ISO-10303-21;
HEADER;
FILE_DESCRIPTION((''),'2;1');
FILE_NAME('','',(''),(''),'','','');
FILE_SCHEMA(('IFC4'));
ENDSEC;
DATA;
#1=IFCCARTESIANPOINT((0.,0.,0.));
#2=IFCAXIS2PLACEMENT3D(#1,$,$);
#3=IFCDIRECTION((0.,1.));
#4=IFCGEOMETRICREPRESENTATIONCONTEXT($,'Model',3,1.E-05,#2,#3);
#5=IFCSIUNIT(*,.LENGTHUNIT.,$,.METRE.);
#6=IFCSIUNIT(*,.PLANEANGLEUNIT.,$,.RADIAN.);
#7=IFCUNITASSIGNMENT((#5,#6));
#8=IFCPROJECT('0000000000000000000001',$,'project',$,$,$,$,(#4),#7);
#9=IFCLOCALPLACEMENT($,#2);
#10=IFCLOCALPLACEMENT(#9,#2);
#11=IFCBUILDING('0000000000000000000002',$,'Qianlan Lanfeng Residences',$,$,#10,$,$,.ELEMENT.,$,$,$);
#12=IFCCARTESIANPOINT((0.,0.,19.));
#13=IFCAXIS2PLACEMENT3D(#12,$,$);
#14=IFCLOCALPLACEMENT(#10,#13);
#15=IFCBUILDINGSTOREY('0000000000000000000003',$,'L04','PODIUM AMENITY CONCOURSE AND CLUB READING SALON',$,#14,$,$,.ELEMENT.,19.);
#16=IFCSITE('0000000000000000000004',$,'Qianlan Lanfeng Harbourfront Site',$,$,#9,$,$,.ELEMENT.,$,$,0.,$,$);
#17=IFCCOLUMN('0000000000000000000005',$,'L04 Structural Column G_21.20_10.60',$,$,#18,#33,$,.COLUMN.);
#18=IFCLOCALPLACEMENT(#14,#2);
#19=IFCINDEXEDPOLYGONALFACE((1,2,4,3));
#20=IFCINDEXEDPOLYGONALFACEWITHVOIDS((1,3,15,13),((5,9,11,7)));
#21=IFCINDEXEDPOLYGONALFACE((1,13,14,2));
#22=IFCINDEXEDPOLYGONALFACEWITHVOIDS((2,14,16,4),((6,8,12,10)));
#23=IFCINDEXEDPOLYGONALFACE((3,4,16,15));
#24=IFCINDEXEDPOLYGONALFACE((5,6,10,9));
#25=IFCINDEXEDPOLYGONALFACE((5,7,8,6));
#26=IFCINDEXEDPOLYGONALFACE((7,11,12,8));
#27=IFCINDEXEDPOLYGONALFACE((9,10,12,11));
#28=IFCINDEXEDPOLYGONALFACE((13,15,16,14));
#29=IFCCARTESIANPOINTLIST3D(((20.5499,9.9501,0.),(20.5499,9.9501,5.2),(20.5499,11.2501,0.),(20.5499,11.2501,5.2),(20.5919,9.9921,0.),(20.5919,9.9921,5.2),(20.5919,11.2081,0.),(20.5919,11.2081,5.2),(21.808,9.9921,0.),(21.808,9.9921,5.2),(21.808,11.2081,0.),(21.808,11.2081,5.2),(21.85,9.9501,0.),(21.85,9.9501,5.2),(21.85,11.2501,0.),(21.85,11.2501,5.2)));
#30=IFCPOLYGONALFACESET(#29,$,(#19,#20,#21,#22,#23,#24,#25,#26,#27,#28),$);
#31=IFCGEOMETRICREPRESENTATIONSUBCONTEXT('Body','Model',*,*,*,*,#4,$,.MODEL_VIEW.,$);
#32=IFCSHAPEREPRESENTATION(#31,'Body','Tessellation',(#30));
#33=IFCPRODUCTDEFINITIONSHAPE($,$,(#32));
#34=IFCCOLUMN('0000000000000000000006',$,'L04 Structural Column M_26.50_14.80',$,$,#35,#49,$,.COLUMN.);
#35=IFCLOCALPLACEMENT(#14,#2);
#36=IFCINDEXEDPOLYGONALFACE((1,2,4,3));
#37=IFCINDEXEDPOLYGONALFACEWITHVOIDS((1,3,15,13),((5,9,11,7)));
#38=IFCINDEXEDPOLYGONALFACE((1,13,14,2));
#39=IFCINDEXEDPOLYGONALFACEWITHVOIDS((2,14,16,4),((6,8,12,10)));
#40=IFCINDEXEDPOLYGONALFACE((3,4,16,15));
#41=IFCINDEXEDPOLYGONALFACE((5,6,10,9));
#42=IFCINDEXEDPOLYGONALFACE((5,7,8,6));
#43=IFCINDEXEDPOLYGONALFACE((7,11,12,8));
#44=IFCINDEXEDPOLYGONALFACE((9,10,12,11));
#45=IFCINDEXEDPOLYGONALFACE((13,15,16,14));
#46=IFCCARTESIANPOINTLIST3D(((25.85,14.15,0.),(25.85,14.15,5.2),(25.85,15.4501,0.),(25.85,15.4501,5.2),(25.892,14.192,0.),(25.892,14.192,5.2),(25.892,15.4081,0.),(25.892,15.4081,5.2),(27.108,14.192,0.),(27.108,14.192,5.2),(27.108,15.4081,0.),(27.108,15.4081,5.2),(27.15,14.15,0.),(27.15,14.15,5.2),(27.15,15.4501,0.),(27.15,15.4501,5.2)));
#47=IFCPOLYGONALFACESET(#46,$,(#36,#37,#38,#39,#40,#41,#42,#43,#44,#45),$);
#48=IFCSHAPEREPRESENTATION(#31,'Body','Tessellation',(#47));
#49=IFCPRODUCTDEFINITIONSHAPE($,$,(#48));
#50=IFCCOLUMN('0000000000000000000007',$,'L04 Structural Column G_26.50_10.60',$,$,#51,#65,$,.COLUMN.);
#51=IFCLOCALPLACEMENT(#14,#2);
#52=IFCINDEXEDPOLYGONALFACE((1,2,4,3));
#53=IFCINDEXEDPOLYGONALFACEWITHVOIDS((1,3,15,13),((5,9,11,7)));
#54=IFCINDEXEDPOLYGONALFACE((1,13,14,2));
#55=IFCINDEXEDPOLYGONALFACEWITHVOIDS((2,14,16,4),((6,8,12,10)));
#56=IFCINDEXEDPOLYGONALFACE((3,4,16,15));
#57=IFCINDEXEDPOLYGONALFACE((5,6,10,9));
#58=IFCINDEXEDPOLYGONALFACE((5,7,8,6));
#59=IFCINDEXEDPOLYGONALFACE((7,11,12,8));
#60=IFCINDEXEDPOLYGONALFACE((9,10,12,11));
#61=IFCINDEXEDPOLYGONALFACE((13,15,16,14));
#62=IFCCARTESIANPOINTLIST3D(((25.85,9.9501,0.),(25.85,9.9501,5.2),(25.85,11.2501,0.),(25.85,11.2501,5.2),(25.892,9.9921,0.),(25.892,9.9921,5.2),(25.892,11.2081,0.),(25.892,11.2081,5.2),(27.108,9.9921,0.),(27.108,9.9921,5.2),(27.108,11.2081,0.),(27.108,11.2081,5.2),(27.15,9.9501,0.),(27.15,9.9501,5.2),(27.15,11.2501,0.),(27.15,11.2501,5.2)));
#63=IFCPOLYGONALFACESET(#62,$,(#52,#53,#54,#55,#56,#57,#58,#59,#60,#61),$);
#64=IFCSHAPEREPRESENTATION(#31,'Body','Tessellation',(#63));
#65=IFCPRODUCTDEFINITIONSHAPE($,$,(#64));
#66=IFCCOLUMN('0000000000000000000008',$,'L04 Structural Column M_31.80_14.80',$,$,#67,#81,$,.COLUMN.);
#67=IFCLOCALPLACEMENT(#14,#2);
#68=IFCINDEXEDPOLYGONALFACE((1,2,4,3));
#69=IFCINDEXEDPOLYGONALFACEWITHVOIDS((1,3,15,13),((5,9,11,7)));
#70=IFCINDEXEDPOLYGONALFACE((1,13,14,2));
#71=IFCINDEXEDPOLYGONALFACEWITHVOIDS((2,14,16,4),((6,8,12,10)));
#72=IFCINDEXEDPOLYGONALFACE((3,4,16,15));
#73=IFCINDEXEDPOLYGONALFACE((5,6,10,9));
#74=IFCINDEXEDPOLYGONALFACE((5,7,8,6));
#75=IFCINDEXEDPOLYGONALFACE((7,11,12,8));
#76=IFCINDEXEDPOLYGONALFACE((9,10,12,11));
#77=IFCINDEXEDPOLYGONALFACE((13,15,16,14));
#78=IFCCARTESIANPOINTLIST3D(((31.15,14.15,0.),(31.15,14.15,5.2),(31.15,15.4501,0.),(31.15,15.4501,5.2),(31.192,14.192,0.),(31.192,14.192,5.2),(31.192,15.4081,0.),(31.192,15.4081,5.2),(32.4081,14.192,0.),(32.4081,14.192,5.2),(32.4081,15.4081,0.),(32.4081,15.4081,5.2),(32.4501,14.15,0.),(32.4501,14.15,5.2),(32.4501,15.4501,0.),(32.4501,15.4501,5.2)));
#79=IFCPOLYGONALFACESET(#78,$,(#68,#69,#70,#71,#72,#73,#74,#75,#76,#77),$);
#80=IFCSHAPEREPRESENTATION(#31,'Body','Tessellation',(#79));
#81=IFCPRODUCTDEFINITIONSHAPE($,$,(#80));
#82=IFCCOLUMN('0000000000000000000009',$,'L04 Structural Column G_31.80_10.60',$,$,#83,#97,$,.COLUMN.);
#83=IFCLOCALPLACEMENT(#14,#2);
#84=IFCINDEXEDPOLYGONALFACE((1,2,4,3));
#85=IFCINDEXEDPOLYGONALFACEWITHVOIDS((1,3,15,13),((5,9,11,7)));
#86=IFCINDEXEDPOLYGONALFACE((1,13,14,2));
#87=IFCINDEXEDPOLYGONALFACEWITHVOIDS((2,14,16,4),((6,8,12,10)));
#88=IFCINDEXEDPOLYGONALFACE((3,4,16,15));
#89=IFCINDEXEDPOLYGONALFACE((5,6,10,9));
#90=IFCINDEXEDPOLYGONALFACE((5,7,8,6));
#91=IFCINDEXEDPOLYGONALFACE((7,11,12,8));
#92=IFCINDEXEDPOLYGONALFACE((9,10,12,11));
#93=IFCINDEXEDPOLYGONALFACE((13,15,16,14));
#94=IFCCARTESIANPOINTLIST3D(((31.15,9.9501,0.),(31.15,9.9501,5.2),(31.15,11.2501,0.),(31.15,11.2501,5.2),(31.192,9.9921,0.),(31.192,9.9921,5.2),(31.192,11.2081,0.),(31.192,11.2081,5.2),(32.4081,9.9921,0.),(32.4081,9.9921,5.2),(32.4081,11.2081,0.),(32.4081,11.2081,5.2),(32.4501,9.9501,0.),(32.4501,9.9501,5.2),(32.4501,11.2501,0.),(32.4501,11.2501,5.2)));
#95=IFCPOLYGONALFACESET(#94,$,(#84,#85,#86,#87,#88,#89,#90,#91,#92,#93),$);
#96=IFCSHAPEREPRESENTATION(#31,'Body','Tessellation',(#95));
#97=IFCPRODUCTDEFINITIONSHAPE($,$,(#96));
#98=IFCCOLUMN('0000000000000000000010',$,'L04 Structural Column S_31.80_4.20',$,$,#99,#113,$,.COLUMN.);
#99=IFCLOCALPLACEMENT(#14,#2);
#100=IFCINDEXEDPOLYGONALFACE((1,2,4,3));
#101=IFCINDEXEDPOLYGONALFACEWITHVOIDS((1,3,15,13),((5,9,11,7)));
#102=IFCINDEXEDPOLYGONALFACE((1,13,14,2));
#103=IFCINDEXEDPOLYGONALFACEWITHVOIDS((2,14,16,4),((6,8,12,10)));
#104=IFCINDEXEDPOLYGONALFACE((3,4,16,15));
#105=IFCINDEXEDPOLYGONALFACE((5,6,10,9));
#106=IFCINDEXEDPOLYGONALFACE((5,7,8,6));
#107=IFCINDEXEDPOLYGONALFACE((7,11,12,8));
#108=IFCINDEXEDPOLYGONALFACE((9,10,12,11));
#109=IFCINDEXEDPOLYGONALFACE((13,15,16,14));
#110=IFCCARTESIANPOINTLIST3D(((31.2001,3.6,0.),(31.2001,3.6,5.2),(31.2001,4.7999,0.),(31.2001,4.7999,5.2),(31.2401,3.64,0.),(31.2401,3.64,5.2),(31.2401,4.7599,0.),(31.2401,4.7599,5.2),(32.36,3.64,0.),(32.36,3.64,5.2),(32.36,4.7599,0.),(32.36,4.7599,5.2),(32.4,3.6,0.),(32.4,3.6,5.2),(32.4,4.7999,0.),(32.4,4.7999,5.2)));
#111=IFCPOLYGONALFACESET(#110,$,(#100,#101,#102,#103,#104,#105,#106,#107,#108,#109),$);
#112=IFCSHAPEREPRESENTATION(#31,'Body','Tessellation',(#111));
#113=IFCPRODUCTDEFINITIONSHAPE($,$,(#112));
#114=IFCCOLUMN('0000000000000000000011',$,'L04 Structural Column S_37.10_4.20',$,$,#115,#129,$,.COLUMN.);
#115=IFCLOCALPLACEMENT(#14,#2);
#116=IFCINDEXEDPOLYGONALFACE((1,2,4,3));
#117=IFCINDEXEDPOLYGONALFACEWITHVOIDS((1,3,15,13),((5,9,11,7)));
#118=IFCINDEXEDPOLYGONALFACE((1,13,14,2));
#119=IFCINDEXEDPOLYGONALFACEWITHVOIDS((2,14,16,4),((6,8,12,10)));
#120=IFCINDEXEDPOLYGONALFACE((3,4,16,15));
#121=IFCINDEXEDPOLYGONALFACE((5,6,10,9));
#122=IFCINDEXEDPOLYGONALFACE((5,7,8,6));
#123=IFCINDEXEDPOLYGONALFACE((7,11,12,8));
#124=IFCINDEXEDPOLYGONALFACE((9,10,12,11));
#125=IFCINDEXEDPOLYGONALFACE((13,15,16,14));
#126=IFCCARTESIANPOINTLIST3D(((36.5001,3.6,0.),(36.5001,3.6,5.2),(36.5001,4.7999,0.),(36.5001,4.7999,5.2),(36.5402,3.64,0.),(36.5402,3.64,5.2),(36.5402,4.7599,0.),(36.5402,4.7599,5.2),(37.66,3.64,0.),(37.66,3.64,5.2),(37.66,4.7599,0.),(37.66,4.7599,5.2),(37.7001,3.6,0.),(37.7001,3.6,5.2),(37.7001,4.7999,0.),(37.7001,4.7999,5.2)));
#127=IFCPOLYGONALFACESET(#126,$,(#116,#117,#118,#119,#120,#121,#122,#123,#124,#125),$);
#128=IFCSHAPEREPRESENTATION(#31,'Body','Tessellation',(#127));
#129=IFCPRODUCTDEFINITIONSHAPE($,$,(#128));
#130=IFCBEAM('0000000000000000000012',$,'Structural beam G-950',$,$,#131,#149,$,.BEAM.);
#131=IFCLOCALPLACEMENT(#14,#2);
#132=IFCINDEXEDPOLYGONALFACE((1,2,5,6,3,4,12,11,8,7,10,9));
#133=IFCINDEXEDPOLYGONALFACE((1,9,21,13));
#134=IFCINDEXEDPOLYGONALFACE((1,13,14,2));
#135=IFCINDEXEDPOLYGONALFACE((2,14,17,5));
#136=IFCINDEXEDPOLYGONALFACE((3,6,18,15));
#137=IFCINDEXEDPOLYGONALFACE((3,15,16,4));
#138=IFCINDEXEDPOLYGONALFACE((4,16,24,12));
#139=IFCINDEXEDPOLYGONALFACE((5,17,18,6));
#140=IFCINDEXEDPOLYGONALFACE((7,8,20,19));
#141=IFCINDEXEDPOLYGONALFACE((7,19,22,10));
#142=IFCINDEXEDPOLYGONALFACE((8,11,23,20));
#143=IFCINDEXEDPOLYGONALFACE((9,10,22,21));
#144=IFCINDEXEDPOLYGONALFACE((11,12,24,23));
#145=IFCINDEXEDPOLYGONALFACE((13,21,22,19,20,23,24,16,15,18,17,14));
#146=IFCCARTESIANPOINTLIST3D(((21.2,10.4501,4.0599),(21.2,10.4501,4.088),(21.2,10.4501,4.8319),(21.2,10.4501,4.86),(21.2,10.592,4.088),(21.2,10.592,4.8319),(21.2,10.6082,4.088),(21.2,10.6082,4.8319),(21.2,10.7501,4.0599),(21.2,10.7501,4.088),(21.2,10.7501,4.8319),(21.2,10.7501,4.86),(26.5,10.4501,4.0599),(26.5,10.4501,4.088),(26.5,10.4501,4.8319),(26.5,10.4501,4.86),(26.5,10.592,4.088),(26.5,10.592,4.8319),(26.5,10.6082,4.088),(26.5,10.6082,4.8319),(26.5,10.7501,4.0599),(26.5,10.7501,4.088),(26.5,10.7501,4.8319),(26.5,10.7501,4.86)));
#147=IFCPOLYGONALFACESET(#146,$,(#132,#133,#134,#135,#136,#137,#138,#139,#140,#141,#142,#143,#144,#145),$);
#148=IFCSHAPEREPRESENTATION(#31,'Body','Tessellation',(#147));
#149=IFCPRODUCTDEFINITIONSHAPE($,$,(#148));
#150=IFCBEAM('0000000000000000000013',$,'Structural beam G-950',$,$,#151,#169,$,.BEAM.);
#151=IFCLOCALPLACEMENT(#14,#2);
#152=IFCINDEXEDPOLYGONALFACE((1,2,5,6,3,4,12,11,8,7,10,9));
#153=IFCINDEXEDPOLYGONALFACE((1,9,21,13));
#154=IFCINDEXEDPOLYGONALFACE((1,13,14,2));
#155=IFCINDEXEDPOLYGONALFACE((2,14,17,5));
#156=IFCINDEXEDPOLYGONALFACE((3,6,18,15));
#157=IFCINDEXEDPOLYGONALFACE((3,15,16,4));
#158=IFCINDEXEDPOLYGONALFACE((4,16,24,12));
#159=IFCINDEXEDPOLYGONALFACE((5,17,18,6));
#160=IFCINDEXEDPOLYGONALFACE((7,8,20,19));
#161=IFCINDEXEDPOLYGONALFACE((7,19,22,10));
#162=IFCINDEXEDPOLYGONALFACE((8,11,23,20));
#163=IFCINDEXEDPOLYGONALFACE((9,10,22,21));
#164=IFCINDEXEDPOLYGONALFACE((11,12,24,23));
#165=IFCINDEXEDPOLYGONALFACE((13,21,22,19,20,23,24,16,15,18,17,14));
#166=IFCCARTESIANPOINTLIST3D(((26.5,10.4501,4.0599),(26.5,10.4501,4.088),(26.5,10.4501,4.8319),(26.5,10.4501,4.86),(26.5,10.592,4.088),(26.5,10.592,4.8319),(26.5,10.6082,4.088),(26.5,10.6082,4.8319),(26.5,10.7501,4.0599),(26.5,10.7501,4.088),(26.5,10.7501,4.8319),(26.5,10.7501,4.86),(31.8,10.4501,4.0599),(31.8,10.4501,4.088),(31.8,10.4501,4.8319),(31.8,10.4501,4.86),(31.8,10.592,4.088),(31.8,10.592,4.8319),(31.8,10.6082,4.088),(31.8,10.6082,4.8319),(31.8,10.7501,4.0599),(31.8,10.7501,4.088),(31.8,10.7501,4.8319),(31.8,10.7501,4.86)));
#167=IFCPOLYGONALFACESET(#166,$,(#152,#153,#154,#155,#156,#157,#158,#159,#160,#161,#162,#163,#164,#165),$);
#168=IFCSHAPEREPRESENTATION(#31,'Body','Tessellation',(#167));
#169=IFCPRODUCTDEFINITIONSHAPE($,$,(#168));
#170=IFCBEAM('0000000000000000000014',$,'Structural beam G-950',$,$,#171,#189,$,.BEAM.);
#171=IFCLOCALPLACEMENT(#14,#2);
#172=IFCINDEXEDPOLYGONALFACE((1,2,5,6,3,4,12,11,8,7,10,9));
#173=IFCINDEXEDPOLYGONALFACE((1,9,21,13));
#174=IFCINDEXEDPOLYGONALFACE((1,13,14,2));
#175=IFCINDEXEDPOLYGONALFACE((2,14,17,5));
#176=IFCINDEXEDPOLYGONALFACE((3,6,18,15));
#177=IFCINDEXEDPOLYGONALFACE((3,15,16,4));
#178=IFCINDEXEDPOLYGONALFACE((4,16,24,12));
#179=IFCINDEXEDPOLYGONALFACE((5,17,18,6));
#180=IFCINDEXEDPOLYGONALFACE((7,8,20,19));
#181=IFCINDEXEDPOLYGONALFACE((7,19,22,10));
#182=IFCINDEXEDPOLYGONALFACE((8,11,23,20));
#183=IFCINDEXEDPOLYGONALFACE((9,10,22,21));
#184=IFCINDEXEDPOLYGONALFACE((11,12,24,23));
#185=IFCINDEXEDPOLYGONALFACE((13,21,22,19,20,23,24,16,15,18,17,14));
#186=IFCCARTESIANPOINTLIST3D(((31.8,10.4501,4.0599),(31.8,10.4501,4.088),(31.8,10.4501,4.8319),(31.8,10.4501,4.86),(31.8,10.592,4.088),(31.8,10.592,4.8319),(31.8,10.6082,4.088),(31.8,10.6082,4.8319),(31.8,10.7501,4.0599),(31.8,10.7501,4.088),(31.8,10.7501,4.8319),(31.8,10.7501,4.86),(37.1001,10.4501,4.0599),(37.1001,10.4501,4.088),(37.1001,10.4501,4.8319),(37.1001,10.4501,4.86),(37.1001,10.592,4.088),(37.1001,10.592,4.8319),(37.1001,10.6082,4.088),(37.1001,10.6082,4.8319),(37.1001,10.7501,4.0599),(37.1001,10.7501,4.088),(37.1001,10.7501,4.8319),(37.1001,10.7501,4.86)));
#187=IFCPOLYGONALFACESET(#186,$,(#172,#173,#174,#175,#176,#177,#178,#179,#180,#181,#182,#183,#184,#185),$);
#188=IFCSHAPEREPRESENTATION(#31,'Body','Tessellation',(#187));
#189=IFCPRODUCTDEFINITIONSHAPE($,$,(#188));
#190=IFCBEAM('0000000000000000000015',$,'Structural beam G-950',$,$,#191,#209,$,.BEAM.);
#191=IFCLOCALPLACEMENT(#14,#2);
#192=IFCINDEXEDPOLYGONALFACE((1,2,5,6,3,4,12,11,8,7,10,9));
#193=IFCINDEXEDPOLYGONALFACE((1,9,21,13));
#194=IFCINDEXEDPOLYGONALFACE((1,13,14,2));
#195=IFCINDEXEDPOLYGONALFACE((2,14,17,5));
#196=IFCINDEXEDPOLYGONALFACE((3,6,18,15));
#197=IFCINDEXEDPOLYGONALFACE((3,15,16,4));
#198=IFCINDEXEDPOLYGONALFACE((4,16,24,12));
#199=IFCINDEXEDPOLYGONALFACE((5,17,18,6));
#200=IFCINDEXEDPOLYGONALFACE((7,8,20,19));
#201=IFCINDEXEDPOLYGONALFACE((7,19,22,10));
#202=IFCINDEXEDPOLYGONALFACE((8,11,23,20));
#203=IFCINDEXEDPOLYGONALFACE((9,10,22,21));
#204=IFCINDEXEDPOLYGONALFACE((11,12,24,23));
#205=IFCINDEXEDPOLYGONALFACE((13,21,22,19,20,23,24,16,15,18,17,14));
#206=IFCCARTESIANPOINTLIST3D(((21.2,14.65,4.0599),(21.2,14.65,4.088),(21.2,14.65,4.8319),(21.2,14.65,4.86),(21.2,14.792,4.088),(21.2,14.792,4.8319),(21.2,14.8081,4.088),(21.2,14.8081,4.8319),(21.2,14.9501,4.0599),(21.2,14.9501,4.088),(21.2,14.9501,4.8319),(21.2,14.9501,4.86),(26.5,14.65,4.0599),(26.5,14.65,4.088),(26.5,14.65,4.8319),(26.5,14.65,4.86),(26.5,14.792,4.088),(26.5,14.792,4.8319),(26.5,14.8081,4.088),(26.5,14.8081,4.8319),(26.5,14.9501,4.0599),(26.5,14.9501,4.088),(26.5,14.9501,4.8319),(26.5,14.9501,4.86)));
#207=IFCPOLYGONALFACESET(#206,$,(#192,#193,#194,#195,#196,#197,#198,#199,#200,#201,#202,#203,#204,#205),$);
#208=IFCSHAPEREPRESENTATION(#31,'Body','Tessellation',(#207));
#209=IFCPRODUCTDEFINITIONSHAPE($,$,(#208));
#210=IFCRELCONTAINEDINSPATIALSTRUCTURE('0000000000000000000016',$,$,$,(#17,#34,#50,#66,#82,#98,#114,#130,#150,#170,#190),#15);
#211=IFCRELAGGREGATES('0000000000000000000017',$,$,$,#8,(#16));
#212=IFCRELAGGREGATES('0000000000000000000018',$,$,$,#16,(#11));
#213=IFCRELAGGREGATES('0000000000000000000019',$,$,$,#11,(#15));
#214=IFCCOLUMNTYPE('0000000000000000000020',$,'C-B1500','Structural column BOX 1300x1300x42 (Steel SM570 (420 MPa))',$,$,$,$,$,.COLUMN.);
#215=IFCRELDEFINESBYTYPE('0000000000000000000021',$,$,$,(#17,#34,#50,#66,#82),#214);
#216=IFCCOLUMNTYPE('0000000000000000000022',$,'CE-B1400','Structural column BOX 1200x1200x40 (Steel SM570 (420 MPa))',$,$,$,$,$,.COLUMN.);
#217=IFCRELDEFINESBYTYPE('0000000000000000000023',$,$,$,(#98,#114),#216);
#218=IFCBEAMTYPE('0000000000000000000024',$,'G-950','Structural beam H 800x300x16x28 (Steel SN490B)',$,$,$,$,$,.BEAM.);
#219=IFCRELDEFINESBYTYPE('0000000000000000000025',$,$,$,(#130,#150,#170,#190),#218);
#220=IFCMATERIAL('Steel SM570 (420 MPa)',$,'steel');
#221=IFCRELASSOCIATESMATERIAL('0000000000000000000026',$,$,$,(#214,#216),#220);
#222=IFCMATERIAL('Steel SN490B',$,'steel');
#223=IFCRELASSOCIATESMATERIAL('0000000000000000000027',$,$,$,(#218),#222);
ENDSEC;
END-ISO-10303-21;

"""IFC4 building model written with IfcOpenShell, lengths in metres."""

from ifc_helpers import new_model, si_unit, direction, frame, origin, origin_2d, place, context, subcontext, project, spatial, hollow_rectangle, i_section, extrude, material, material_profile, profile_set, type_object, element, save


model = new_model("IFC4")

# Units and contexts
model_context = context("Model", 3, precision=1e-05, world=origin(), true_north=direction((0.0, 1.0)))
body_context = subcontext(model_context, "Body", "Model", "MODEL_VIEW")
ifc_project = project(units=[si_unit("LENGTHUNIT", "METRE"), si_unit("PLANEANGLEUNIT", "RADIAN")], contexts=[model_context])

# Site, building, storey
site_placement = place(None, origin())
site = spatial("IfcSite", under=ifc_project, at=site_placement, Name="Qianlan Lanfeng Harbourfront Site", CompositionType="ELEMENT", RefElevation=0.0)
building_placement = place(site_placement, origin())
building = spatial("IfcBuilding", under=site, at=building_placement, Name="Qianlan Lanfeng Residences", CompositionType="ELEMENT")
storey_placement = place(building_placement, frame((0.0, 0.0, 19.0)))
storey = spatial("IfcBuildingStorey", under=building, at=storey_placement, Name="L04", Description="PODIUM AMENITY CONCOURSE AND CLUB READING SALON", CompositionType="ELEMENT", Elevation=19.0)

# Columns
ifc_material_1 = material(Name="Steel SM570 (420 MPa)", Category="steel")
ifc_material_profile_1 = material_profile(ifc_material_1, hollow_rectangle(XDim=1.3, YDim=1.3, WallThickness=0.042, at=origin_2d()), Name="BOX 1300x1300x42")
ifc_profile_set_1 = profile_set([ifc_material_profile_1], Name="Steel SM570 (420 MPa)")
column_type_1 = type_object("IfcColumnType", Name="C-B1500", Description="Structural column BOX 1300x1300x42 (Steel SM570 (420 MPa))", PredefinedType="COLUMN", material=ifc_profile_set_1)
for number, where, z_axis, x_axis, name in (
    (1, (21.2, 10.6001, 0.0), (0.0, 0.0, 1.0), (1.0, 0.0, 0.0), "L04 Structural Column G_21.20_10.60"),
    (2, (26.5, 14.8, 0.0), (0.0, 0.0, 1.0), (1.0, 0.0, 0.0), "L04 Structural Column M_26.50_14.80"),
    (3, (26.5, 10.6001, 0.0), (0.0, 0.0, 1.0), (1.0, 0.0, 0.0), "L04 Structural Column G_26.50_10.60"),
    (4, (31.8, 14.8, 0.0), (0.0, 0.0, 1.0), (1.0, 0.0, 0.0), "L04 Structural Column M_31.80_14.80"),
    (5, (31.8, 10.6001, 0.0), (0.0, 0.0, 1.0), (1.0, 0.0, 0.0), "L04 Structural Column G_31.80_10.60"),
):
    element("IfcColumn", number, at=place(storey_placement, frame(where, z_axis=z_axis, x_axis=x_axis)), inside=storey, type_object=column_type_1, Name=name, PredefinedType="COLUMN", context=body_context, shape_type="SweptSolid", body=[
        extrude(hollow_rectangle(XDim=1.3, YDim=1.3, WallThickness=0.042, at=origin_2d()), origin(), (0.0, 0.0, 1.0), 5.2),
    ])
ifc_material_profile_2 = material_profile(ifc_material_1, hollow_rectangle(XDim=1.2, YDim=1.2, WallThickness=0.04, at=origin_2d()), Name="BOX 1200x1200x40")
ifc_profile_set_2 = profile_set([ifc_material_profile_2], Name="Steel SM570 (420 MPa)")
column_type_2 = type_object("IfcColumnType", Name="CE-B1400", Description="Structural column BOX 1200x1200x40 (Steel SM570 (420 MPa))", PredefinedType="COLUMN", material=ifc_profile_set_2)
for number, where, z_axis, x_axis, name in (
    (6, (31.8, 4.2, 0.0), (0.0, 0.0, 1.0), (1.0, 0.0, 0.0), "L04 Structural Column S_31.80_4.20"),
    (7, (37.1001, 4.2, 0.0), (0.0, 0.0, 1.0), (1.0, 0.0, 0.0), "L04 Structural Column S_37.10_4.20"),
):
    element("IfcColumn", number, at=place(storey_placement, frame(where, z_axis=z_axis, x_axis=x_axis)), inside=storey, type_object=column_type_2, Name=name, PredefinedType="COLUMN", context=body_context, shape_type="SweptSolid", body=[
        extrude(hollow_rectangle(XDim=1.2, YDim=1.2, WallThickness=0.04, at=origin_2d()), origin(), (0.0, 0.0, 1.0), 5.2),
    ])

# Beams
ifc_material_2 = material(Name="Steel SN490B", Category="steel")
ifc_material_profile_3 = material_profile(ifc_material_2, i_section(OverallWidth=0.3, OverallDepth=0.8, WebThickness=0.0161, FlangeThickness=0.0281, at=origin_2d()), Name="H 800x300x16x28")
ifc_profile_set_3 = profile_set([ifc_material_profile_3], Name="Steel SN490B")
beam_type_1 = type_object("IfcBeamType", Name="G-950", Description="Structural beam H 800x300x16x28 (Steel SN490B)", PredefinedType="BEAM", material=ifc_profile_set_3)
for number, where, z_axis, x_axis, name in (
    (8, (21.2, 10.6001, 4.46), (1.0, 0.0, 0.0), (0.0, 1.0, 0.0), "Structural beam G-950"),
    (9, (26.5, 10.6001, 4.46), (1.0, 0.0, 0.0), (0.0, 1.0, 0.0), "Structural beam G-950"),
    (10, (31.8, 10.6001, 4.46), (1.0, 0.0, 0.0), (0.0, 1.0, 0.0), "Structural beam G-950"),
    (11, (21.2, 14.8, 4.46), (1.0, 0.0, 0.0), (0.0, 1.0, 0.0), "Structural beam G-950"),
):
    element("IfcBeam", number, at=place(storey_placement, frame(where, z_axis=z_axis, x_axis=x_axis)), inside=storey, type_object=beam_type_1, Name=name, PredefinedType="BEAM", context=body_context, shape_type="SweptSolid", body=[
        extrude(i_section(OverallWidth=0.3, OverallDepth=0.8, WebThickness=0.0161, FlangeThickness=0.0281, at=origin_2d()), origin(), (0.0, 0.0, 1.0), 5.3),
    ])

save(model, "model.ifc")
